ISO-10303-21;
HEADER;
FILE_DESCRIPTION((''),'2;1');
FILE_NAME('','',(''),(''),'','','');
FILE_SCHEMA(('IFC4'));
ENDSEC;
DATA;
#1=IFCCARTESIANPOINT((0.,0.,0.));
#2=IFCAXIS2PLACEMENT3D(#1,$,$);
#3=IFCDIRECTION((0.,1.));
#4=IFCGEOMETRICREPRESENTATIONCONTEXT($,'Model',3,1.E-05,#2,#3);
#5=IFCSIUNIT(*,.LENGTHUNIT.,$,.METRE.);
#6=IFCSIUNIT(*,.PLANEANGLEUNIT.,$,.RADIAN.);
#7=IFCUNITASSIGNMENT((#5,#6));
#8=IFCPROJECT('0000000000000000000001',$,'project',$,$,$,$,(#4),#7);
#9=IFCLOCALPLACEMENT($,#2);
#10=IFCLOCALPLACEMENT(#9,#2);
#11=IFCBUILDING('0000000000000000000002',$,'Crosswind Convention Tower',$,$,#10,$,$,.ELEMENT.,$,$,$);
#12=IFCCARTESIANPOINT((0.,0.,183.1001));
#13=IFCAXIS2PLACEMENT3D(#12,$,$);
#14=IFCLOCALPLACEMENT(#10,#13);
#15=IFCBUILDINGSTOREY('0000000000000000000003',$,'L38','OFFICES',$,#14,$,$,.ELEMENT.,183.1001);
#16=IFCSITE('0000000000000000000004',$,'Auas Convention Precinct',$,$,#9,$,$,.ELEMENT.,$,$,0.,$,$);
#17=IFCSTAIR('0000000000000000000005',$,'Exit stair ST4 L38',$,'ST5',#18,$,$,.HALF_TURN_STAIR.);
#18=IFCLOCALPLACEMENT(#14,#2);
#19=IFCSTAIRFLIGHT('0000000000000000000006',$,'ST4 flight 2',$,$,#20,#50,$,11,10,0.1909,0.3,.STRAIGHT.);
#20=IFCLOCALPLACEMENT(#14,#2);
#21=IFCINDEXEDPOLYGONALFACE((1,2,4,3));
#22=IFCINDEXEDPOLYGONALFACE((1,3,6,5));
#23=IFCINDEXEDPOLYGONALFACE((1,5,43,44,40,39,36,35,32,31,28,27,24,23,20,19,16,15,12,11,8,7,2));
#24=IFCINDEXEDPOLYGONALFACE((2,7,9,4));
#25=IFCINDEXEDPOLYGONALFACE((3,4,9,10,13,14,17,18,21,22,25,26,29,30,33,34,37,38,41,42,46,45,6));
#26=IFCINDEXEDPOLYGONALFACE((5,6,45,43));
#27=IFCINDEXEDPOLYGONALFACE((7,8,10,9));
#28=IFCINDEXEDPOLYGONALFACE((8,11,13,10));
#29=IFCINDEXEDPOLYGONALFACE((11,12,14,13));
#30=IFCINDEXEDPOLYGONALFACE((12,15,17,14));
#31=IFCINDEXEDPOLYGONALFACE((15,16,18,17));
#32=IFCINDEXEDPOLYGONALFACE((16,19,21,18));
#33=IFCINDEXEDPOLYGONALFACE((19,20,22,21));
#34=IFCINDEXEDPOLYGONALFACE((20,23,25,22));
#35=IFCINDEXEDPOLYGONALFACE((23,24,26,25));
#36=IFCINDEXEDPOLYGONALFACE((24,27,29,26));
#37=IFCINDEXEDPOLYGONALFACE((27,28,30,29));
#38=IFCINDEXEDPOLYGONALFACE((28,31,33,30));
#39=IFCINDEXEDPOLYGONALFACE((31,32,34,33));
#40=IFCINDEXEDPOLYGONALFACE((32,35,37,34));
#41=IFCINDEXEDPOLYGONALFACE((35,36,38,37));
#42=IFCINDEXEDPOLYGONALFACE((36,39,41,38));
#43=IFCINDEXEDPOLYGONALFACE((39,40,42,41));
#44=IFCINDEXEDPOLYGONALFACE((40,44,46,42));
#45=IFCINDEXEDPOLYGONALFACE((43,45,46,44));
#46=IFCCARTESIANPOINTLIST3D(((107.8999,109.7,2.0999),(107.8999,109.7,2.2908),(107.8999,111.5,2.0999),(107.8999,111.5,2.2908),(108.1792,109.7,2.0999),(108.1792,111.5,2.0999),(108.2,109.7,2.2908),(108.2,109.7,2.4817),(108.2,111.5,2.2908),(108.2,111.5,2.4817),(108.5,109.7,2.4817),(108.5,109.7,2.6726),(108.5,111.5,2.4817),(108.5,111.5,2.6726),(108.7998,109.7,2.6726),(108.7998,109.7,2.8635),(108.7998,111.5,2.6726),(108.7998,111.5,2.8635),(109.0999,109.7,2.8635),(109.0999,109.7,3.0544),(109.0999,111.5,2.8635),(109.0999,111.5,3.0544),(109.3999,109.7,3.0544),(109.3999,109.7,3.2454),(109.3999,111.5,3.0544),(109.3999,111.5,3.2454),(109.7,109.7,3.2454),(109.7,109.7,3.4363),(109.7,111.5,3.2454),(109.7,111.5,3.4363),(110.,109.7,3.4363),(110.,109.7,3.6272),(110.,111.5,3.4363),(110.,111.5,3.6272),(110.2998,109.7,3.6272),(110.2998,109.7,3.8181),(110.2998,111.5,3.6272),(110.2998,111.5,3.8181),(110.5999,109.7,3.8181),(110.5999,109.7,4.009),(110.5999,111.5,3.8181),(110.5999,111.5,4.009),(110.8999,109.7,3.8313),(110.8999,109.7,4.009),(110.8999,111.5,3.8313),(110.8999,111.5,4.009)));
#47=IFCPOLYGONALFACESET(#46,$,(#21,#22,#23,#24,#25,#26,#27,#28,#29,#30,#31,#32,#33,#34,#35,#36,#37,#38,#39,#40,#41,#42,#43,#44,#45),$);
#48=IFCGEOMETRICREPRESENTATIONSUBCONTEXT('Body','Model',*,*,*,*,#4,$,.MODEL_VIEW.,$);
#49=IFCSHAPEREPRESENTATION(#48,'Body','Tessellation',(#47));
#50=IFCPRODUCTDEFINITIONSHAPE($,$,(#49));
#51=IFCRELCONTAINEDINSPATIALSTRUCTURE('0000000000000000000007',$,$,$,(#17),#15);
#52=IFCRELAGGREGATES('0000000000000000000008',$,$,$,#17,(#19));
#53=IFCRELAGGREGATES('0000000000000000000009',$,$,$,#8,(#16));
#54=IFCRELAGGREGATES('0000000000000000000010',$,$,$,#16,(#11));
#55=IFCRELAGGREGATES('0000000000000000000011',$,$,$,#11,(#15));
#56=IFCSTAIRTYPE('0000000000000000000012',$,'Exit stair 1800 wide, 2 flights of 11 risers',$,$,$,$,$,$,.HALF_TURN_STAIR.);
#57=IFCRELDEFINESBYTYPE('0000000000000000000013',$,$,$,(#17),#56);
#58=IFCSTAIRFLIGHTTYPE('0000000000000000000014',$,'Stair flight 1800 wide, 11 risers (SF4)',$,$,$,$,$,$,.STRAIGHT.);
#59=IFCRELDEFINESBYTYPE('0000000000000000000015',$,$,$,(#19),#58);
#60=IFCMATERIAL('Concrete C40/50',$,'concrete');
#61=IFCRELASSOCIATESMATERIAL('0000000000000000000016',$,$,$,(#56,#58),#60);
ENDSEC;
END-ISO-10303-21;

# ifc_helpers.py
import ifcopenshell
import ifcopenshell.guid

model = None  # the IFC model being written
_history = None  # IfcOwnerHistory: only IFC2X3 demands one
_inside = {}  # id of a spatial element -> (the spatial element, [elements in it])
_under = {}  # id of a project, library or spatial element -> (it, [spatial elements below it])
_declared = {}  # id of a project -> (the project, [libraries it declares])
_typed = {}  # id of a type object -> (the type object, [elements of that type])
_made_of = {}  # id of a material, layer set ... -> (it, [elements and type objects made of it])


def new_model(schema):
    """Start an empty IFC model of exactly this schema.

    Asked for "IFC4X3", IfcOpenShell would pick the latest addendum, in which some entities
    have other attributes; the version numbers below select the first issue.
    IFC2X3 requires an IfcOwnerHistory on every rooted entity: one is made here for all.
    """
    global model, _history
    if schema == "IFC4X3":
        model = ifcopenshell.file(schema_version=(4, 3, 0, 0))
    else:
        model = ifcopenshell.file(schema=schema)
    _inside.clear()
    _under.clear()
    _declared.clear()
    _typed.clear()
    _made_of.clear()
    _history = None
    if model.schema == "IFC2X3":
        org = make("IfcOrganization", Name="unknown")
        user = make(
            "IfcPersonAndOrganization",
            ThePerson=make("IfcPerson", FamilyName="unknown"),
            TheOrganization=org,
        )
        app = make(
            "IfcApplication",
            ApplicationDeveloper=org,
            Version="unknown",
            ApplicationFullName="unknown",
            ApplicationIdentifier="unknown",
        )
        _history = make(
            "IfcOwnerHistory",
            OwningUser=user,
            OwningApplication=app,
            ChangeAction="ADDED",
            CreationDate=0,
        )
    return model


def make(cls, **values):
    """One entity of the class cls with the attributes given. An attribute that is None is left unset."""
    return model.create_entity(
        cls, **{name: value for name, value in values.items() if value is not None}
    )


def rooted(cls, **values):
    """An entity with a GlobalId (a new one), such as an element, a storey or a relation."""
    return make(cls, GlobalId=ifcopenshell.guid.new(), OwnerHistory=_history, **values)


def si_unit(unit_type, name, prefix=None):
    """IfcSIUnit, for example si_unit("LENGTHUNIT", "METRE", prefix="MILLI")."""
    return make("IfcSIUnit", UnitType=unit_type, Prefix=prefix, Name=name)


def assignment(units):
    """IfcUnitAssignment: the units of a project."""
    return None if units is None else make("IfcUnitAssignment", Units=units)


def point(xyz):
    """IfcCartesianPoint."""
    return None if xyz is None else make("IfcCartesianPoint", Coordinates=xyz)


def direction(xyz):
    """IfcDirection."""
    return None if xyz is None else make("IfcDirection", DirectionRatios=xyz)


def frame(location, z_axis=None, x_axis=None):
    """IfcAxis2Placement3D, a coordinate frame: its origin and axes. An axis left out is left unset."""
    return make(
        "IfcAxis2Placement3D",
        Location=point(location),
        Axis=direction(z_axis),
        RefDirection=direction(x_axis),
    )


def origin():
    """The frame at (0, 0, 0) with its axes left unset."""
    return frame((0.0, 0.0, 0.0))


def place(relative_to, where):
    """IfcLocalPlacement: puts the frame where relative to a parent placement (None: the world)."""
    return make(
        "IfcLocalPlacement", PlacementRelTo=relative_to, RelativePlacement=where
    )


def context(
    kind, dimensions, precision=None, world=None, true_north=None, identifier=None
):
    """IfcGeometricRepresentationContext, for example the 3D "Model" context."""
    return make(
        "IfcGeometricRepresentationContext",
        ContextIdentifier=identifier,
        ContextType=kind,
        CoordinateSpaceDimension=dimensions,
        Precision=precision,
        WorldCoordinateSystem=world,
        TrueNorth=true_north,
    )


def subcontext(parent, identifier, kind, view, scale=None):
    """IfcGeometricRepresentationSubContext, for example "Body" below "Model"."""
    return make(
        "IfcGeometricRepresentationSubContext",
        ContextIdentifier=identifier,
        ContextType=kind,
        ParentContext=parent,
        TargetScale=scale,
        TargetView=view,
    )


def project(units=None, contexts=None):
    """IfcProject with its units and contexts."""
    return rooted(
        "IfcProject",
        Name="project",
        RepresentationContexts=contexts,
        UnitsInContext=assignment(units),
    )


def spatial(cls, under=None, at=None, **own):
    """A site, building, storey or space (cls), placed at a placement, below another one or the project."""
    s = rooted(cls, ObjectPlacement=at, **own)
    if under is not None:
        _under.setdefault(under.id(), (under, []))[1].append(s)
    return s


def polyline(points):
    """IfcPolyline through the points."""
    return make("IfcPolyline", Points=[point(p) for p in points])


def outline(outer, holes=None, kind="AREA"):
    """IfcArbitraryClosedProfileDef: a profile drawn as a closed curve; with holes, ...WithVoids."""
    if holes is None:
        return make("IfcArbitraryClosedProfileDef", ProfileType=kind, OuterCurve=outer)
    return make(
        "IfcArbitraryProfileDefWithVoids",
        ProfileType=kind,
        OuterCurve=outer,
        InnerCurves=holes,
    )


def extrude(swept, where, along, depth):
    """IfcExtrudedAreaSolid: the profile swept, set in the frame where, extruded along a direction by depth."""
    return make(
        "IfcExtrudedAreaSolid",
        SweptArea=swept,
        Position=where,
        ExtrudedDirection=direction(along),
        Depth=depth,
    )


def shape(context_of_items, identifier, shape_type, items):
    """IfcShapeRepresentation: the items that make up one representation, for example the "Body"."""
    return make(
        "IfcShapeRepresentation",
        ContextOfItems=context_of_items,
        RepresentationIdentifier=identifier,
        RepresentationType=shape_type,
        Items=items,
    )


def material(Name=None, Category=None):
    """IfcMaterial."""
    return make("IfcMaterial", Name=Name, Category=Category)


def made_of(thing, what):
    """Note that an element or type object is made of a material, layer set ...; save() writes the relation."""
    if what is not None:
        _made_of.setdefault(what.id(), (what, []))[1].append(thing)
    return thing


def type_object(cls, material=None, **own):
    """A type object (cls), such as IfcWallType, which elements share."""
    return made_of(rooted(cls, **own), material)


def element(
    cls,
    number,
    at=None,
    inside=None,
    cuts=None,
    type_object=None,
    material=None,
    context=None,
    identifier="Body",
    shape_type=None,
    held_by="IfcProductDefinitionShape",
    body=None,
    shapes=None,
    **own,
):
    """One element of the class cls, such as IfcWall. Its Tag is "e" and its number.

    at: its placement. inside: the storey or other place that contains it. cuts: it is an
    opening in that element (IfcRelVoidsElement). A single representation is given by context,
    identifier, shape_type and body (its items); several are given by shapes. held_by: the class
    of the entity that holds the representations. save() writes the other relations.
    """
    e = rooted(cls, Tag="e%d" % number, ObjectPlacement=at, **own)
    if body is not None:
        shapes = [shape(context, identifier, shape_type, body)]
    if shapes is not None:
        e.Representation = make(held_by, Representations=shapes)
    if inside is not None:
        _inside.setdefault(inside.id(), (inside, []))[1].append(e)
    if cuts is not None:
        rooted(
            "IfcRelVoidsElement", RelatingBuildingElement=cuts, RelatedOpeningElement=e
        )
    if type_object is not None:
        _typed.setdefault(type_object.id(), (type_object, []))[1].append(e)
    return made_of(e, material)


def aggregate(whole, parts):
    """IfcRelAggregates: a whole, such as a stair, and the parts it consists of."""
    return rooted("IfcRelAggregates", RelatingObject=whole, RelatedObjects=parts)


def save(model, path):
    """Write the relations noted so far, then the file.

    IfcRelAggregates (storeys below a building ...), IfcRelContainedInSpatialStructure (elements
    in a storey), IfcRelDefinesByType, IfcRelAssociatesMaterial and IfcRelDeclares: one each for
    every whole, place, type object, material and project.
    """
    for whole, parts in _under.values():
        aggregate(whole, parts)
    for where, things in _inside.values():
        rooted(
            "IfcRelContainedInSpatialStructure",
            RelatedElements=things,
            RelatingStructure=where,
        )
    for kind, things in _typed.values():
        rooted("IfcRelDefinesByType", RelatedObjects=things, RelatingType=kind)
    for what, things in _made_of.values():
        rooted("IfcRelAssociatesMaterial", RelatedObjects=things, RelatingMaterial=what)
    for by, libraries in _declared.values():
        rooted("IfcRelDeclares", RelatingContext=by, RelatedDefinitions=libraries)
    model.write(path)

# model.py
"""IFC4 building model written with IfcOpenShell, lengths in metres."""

from ifc_helpers import new_model, si_unit, direction, frame, origin, place, context, subcontext, project, spatial, polyline, outline, extrude, material, type_object, element, aggregate, save


model = new_model("IFC4")

# Units and contexts
model_context = context("Model", 3, precision=1e-05, world=origin(), true_north=direction((0.0, 1.0)))
body_context = subcontext(model_context, "Body", "Model", "MODEL_VIEW")
ifc_project = project(units=[si_unit("LENGTHUNIT", "METRE"), si_unit("PLANEANGLEUNIT", "RADIAN")], contexts=[model_context])

# Site, building, storey
site_placement = place(None, origin())
site = spatial("IfcSite", under=ifc_project, at=site_placement, Name="Auas Convention Precinct", CompositionType="ELEMENT", RefElevation=0.0)
building_placement = place(site_placement, origin())
building = spatial("IfcBuilding", under=site, at=building_placement, Name="Crosswind Convention Tower", CompositionType="ELEMENT")
storey_placement = place(building_placement, frame((0.0, 0.0, 183.1001)))
storey = spatial("IfcBuildingStorey", under=building, at=storey_placement, Name="L38", Description="OFFICES", CompositionType="ELEMENT", Elevation=183.1001)

# Stair, stair flight
ifc_material_1 = material(Name="Concrete C40/50", Category="concrete")
stair_type = type_object("IfcStairType", Name="Exit stair 1800 wide, 2 flights of 11 risers", PredefinedType="HALF_TURN_STAIR", material=ifc_material_1)
stair_placement = place(storey_placement, origin())
stair = element("IfcStair", 1, at=stair_placement, inside=storey, type_object=stair_type, Name="Exit stair ST4 L38", ObjectType="ST5", PredefinedType="HALF_TURN_STAIR")
stair_flight_type = type_object("IfcStairFlightType", Name="Stair flight 1800 wide, 11 risers (SF4)", PredefinedType="STRAIGHT", material=ifc_material_1)
stair_flight_placement = place(storey_placement, frame((107.8999, 110.6001, 2.0999), z_axis=(0.0, 0.0, 1.0), x_axis=(1.0, 0.0, 0.0)))
stair_flight = element("IfcStairFlight", 2, at=stair_flight_placement, type_object=stair_flight_type, Name="ST4 flight 2", NumberOfRisers=11, NumberOfTreads=10, PredefinedType="STRAIGHT", RiserHeight=0.1909, TreadLength=0.3, context=body_context, shape_type="SweptSolid", body=[
    extrude(outline(polyline([(0.0, 0.0), (0.0, 0.1909), (0.3, 0.1909), (0.3, 0.3818), (0.6001, 0.3818), (0.6001, 0.5728), (0.8999, 0.5728), (0.8999, 0.7637), (1.2, 0.7637), (1.2, 0.9546), (1.5, 0.9546), (1.5, 1.1455), (1.8, 1.1455), (1.8, 1.3364), (2.1001, 1.3364), (2.1001, 1.5273), (2.3999, 1.5273), (2.3999, 1.7183), (2.7, 1.7183), (2.7, 1.9092), (3.0, 1.9092), (3.0, 2.1001), (3.0, 1.7314), (0.2793, 0.0), (0.0, 0.0)])), frame((0.0, 0.8999, 0.0), z_axis=(0.0, -1.0, 0.0), x_axis=(1.0, 0.0, 0.0)), (0.0, 0.0, 1.0), 1.8),
])
aggregate(stair, [stair_flight])

save(model, "model.ifc")
